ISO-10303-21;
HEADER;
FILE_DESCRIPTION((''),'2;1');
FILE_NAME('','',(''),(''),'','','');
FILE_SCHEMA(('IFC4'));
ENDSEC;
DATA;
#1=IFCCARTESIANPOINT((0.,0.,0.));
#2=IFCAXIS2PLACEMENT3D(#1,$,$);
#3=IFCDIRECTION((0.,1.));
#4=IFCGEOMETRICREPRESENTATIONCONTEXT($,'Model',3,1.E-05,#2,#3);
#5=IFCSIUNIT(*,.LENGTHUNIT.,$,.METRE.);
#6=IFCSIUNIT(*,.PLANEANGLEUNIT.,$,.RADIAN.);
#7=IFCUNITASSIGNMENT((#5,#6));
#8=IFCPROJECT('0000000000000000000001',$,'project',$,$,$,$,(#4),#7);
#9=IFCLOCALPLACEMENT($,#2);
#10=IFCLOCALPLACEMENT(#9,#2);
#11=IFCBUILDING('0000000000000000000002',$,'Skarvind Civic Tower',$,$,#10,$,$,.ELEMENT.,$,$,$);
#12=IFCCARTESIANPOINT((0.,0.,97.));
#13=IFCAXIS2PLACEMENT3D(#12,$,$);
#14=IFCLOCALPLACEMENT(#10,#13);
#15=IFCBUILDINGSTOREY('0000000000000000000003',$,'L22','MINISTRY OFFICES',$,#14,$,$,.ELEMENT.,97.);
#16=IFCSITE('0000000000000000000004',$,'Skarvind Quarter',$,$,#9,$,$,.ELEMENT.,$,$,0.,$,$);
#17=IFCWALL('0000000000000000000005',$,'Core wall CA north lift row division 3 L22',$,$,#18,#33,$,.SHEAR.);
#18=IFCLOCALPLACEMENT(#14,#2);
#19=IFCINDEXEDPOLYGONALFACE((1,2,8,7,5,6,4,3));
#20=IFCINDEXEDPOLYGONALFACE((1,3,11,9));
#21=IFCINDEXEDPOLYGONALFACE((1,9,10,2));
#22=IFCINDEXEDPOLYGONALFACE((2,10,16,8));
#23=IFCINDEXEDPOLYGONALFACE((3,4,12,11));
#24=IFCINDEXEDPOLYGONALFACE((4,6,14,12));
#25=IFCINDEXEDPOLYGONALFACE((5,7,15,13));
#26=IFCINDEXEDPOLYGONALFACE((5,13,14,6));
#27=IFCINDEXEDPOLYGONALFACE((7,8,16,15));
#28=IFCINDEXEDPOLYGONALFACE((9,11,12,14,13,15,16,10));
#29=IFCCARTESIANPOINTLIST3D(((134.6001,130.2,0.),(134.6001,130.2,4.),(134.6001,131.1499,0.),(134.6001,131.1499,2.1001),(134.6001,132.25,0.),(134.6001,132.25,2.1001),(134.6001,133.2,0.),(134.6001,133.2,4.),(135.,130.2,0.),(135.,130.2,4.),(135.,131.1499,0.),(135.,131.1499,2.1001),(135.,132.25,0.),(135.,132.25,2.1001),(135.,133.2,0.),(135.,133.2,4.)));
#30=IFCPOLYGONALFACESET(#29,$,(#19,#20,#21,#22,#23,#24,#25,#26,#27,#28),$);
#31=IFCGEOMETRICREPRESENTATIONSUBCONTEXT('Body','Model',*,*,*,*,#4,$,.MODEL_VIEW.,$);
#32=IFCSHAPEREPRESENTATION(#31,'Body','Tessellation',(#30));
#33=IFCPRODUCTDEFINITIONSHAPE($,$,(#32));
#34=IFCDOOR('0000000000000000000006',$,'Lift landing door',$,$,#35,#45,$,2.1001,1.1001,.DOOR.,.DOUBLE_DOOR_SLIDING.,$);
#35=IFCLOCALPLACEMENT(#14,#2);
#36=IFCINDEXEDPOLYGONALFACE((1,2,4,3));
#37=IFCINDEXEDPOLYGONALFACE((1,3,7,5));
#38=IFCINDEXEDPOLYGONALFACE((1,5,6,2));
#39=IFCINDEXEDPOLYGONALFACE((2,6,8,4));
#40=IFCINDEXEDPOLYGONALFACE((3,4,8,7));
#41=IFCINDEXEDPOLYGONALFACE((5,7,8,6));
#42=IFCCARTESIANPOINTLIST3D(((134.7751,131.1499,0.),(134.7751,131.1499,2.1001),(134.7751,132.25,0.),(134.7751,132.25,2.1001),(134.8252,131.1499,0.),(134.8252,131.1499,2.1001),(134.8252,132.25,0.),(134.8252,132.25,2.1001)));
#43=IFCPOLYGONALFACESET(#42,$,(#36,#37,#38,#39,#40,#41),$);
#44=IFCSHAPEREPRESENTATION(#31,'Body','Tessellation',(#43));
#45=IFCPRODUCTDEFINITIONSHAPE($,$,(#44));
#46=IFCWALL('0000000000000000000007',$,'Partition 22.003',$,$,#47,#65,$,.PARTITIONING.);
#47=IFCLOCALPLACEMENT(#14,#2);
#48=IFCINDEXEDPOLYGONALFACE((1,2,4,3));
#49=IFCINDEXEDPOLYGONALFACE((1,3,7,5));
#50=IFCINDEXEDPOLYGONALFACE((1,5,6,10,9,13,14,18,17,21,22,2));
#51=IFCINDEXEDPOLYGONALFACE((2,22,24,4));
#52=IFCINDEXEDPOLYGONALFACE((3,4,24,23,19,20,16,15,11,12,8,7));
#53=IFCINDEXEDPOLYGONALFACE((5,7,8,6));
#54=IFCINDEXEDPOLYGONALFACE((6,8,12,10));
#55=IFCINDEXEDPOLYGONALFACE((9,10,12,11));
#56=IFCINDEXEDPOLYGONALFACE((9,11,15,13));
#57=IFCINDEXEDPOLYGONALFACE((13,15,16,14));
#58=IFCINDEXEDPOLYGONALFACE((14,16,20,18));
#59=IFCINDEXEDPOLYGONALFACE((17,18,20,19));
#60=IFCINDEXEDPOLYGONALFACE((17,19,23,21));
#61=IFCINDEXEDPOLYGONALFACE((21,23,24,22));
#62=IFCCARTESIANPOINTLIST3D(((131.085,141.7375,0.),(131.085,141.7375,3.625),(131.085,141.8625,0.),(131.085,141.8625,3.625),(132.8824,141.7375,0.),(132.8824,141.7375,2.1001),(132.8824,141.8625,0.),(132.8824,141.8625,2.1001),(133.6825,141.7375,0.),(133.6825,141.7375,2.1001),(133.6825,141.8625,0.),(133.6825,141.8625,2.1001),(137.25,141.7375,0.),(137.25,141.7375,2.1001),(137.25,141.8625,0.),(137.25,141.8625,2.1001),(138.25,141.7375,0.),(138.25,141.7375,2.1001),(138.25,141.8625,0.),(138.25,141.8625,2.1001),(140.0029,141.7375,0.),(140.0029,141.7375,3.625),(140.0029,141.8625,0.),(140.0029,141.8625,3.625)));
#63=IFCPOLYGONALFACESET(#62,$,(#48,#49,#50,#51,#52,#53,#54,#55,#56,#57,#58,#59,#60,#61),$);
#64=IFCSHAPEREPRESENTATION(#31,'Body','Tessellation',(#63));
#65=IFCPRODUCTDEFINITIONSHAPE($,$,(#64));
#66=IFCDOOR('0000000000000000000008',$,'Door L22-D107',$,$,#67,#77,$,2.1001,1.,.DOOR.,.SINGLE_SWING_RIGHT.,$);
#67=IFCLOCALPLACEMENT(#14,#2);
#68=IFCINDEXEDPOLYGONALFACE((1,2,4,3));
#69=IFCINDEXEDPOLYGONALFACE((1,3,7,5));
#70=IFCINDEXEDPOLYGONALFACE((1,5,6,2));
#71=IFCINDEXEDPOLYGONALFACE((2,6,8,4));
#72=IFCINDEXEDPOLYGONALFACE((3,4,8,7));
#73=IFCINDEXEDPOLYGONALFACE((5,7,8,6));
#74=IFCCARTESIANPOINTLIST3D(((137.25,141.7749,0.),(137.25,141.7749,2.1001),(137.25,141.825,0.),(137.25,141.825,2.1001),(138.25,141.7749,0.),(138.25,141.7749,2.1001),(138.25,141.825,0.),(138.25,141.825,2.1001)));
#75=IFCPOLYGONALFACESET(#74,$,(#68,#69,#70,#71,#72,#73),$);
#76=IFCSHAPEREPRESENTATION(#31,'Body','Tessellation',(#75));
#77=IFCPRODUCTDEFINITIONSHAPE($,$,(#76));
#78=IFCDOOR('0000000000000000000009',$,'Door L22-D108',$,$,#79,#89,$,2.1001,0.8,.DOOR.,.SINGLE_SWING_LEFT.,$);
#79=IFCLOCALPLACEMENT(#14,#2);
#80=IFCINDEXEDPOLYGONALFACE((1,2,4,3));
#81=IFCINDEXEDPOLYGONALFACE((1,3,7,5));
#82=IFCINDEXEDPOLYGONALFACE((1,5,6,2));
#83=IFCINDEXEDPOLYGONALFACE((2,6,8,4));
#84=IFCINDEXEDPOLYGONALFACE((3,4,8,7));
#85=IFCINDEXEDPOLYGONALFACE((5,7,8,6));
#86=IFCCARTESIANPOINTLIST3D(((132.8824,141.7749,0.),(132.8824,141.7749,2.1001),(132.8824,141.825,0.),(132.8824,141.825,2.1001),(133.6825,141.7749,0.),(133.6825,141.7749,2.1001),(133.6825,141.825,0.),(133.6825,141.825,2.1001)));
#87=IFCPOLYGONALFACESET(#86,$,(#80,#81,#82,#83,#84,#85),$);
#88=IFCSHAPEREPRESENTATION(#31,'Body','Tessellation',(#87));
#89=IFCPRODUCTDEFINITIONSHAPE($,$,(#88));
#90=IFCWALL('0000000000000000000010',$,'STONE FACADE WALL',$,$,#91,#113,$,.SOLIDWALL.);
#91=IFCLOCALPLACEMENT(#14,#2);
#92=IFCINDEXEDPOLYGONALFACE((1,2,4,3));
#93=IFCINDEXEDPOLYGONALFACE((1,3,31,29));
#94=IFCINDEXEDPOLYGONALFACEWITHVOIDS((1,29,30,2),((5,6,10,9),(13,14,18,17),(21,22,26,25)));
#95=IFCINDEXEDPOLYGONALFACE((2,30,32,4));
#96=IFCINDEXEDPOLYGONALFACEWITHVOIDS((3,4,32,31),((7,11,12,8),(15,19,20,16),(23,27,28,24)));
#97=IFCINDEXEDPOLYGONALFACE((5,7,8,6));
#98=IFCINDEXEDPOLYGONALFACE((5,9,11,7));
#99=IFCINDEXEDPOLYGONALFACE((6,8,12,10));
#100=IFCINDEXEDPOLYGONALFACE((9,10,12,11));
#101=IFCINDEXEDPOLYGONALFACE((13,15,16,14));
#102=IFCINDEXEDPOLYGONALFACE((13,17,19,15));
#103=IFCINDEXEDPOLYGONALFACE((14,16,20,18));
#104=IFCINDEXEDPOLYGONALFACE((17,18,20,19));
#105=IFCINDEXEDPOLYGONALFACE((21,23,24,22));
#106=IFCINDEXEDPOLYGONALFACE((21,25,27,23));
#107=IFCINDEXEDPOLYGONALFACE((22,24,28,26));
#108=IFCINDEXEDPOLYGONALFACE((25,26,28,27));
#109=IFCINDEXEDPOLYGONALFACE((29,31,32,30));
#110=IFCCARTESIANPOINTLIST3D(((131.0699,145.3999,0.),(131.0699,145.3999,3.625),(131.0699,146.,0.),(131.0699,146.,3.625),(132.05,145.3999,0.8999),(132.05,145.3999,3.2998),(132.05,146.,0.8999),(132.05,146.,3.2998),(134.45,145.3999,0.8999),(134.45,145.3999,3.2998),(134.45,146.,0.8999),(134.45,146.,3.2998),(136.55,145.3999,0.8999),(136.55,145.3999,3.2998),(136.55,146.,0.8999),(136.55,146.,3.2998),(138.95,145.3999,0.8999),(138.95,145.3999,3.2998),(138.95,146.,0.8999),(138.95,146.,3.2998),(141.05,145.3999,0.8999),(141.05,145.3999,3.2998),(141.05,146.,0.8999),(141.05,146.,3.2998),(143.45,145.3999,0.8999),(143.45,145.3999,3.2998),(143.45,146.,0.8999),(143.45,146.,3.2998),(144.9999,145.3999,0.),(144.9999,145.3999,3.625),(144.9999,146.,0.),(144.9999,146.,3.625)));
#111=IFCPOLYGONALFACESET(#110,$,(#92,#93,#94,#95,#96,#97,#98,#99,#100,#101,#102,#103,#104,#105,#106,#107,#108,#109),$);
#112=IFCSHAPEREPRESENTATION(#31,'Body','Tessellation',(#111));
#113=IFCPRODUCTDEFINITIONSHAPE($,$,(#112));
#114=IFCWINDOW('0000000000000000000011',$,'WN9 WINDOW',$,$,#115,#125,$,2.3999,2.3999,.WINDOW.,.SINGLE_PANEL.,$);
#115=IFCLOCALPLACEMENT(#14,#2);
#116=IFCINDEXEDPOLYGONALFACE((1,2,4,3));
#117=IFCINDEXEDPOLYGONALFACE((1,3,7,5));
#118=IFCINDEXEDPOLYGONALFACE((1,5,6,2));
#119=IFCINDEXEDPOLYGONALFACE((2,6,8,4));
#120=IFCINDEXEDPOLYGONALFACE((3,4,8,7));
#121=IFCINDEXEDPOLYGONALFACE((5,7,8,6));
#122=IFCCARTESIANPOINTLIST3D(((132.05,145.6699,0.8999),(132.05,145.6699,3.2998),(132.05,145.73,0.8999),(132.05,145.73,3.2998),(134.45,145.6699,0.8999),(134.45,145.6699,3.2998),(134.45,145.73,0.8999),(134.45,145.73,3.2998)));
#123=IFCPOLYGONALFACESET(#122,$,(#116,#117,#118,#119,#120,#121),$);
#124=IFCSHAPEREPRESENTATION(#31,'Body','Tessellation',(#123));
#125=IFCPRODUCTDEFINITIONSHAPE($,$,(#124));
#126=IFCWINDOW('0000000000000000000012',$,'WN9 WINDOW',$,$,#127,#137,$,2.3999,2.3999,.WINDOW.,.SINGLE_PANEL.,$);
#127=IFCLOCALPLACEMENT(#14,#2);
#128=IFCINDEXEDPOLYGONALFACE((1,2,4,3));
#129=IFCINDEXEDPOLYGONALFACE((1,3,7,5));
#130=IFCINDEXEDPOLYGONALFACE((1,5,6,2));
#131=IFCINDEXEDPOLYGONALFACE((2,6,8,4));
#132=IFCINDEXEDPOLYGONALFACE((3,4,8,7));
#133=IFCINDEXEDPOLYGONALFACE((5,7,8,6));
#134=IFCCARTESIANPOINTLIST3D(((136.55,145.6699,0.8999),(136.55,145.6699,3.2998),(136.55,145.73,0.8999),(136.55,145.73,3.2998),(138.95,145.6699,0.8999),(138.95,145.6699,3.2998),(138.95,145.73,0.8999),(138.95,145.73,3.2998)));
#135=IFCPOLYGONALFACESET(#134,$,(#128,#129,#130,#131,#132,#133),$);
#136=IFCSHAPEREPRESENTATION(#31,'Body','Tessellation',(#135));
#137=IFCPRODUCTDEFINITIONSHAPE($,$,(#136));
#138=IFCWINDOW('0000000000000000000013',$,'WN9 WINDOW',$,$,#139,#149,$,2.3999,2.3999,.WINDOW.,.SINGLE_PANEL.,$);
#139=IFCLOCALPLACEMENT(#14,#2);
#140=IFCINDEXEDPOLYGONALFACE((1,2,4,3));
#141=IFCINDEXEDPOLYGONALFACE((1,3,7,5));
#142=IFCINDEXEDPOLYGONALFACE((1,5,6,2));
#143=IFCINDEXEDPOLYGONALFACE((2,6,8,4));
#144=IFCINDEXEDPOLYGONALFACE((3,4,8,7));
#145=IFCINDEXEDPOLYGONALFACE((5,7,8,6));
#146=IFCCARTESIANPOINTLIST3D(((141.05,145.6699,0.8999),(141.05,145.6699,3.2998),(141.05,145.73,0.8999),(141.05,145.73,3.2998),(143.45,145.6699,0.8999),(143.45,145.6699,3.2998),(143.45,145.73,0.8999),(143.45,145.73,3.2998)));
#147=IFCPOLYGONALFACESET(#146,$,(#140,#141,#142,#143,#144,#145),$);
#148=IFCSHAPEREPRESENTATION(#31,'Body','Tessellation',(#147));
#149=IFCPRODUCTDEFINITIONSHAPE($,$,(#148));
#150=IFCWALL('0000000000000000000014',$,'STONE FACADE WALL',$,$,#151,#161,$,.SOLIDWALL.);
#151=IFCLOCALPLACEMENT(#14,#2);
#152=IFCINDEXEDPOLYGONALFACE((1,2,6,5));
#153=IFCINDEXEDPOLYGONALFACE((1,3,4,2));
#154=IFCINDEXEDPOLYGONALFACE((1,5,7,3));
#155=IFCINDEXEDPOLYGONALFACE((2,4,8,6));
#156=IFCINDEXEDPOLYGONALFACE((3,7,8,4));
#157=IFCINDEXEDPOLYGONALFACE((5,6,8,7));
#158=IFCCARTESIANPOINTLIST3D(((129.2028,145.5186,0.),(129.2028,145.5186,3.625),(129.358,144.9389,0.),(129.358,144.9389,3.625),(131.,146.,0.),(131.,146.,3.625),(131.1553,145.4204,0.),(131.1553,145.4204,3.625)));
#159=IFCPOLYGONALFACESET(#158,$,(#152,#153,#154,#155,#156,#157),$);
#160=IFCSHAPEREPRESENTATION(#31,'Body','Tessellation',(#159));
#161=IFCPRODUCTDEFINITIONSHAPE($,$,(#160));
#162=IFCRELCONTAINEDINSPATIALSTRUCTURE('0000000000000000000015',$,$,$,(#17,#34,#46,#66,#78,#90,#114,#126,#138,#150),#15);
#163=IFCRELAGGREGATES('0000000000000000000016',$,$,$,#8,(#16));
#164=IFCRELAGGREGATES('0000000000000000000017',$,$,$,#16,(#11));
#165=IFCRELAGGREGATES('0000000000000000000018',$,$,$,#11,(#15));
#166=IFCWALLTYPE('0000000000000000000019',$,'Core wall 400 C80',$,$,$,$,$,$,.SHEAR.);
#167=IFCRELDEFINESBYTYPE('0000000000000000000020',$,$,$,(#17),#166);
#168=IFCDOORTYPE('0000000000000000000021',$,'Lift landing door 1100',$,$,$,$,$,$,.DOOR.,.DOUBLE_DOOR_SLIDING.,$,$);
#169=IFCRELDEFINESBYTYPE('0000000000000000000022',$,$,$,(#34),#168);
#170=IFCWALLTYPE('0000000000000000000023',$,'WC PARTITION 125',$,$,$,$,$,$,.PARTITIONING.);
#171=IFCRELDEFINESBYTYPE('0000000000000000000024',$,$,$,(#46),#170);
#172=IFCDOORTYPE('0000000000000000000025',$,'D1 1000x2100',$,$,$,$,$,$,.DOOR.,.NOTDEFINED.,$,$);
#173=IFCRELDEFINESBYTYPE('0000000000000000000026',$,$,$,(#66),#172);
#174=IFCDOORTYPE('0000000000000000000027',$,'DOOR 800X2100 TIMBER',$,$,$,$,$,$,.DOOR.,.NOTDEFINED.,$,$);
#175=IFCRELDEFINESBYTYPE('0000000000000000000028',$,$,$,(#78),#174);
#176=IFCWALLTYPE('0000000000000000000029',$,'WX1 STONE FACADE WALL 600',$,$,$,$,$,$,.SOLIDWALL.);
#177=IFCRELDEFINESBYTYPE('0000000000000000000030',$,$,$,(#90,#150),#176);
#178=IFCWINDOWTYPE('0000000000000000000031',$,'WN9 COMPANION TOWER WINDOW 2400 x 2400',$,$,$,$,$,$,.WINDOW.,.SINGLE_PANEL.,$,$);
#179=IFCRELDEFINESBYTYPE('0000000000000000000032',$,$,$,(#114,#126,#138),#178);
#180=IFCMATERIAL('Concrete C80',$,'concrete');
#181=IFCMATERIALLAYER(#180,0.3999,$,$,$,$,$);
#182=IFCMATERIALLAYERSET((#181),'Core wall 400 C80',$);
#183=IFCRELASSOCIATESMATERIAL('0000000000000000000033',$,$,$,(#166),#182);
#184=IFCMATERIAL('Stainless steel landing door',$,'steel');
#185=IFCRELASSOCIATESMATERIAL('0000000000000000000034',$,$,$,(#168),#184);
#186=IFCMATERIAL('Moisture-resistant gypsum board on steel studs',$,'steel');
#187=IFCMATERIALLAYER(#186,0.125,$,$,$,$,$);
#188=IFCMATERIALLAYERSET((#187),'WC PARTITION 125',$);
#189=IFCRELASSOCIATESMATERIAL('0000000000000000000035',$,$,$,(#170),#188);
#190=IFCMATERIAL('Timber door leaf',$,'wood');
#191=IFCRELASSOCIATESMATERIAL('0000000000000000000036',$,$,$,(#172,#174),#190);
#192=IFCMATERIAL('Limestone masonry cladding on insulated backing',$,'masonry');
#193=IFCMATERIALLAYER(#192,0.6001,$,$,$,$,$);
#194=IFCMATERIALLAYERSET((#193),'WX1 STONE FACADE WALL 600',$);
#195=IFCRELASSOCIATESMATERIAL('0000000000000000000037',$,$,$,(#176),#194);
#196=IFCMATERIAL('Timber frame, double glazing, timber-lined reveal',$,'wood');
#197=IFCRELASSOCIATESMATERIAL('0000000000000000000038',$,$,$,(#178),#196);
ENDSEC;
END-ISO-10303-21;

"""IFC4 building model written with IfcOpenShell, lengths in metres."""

from ifc_helpers import new_model, si_unit, direction, frame, frame_2d, origin, place, context, subcontext, project, spatial, rectangle, extrude, material, layer, layer_set, type_object, element, fill, save


model = new_model("IFC4")

# Units and contexts
model_context = context("Model", 3, precision=1e-05, world=origin(), true_north=direction((0.0, 1.0)))
body_context = subcontext(model_context, "Body", "Model", "MODEL_VIEW")
ifc_project = project(units=[si_unit("LENGTHUNIT", "METRE"), si_unit("PLANEANGLEUNIT", "RADIAN")], contexts=[model_context])

# Site, building, storey
site_placement = place(None, origin())
site = spatial("IfcSite", under=ifc_project, at=site_placement, Name="Skarvind Quarter", CompositionType="ELEMENT", RefElevation=0.0)
building_placement = place(site_placement, origin())
building = spatial("IfcBuilding", under=site, at=building_placement, Name="Skarvind Civic Tower", CompositionType="ELEMENT")
storey_placement = place(building_placement, frame((0.0, 0.0, 97.0)))
storey = spatial("IfcBuildingStorey", under=building, at=storey_placement, Name="L22", Description="MINISTRY OFFICES", CompositionType="ELEMENT", Elevation=97.0)

# Shared definitions
ifc_material_1 = material(Name="Timber door leaf", Category="wood")

# Shared definitions
ifc_material_2 = material(Name="Concrete C80", Category="concrete")
ifc_layer_1 = layer(ifc_material_2, 0.3999)
ifc_layer_set_1 = layer_set([ifc_layer_1], Name="Core wall 400 C80")
wall_type_1 = type_object("IfcWallType", Name="Core wall 400 C80", PredefinedType="SHEAR", material=ifc_layer_set_1)

# Wall, opening, door
wall_1_placement = place(storey_placement, frame((134.8, 130.2, 0.0), z_axis=(0.0, 0.0, 1.0), x_axis=(0.0, 1.0, 0.0)))
wall_1 = element("IfcWall", 1, at=wall_1_placement, inside=storey, type_object=wall_type_1, Name="Core wall CA north lift row division 3 L22", PredefinedType="SHEAR", context=body_context, shape_type="SweptSolid", body=[
    extrude(rectangle(XDim=3.0, YDim=0.3999, at=frame_2d((1.5, 0.0))), origin(), (0.0, 0.0, 1.0), 4.0),
])
opening_1_placement = place(wall_1_placement, frame((0.95, 0.0, 0.0)))
opening_1 = element("IfcOpeningElement", 2, at=opening_1_placement, cuts=wall_1, PredefinedType="OPENING", context=body_context, shape_type="SweptSolid", body=[
    extrude(rectangle(XDim=1.1001, YDim=2.1001, at=frame_2d((0.55, 1.05))), frame((0.0, 0.21, 0.0), z_axis=(0.0, -1.0, 0.0), x_axis=(1.0, 0.0, 0.0)), (0.0, 0.0, 1.0), 0.4199),
])
ifc_material_3 = material(Name="Stainless steel landing door", Category="steel")
door_type_1 = type_object("IfcDoorType", Name="Lift landing door 1100", OperationType="DOUBLE_DOOR_SLIDING", PredefinedType="DOOR", material=ifc_material_3)
door_1_placement = place(opening_1_placement, origin())
door_1 = element("IfcDoor", 3, at=door_1_placement, inside=storey, type_object=door_type_1, Name="Lift landing door", OperationType="DOUBLE_DOOR_SLIDING", OverallHeight=2.1001, OverallWidth=1.1001, PredefinedType="DOOR", context=body_context, shape_type="SweptSolid", body=[
    extrude(rectangle(XDim=1.1001, YDim=2.1001, at=frame_2d((0.55, 1.05))), frame((0.0, 0.0249, 0.0), z_axis=(0.0, -1.0, 0.0), x_axis=(1.0, 0.0, 0.0)), (0.0, 0.0, 1.0), 0.05),
])
fill(opening_1, door_1)

# Wall, openings, doors
ifc_material_4 = material(Name="Moisture-resistant gypsum board on steel studs", Category="steel")
ifc_layer_2 = layer(ifc_material_4, 0.125)
ifc_layer_set_2 = layer_set([ifc_layer_2], Name="WC PARTITION 125")
wall_type_2 = type_object("IfcWallType", Name="WC PARTITION 125", PredefinedType="PARTITIONING", material=ifc_layer_set_2)
wall_2_placement = place(storey_placement, frame((131.085, 141.8, 0.0), z_axis=(0.0, 0.0, 1.0), x_axis=(1.0, 0.0, 0.0)))
wall_2 = element("IfcWall", 4, at=wall_2_placement, inside=storey, type_object=wall_type_2, Name="Partition 22.003", PredefinedType="PARTITIONING", context=body_context, shape_type="SweptSolid", body=[
    extrude(rectangle(XDim=8.918, YDim=0.125, at=frame_2d((4.459, 0.0))), origin(), (0.0, 0.0, 1.0), 3.625),
])
opening_2_placement = place(wall_2_placement, frame((6.165, 0.0, 0.0)))
opening_2 = element("IfcOpeningElement", 5, at=opening_2_placement, cuts=wall_2, PredefinedType="OPENING", context=body_context, shape_type="SweptSolid", body=[
    extrude(rectangle(XDim=1.0, YDim=2.1001, at=frame_2d((0.5, 1.05))), frame((0.0, 0.0725, 0.0), z_axis=(0.0, -1.0, 0.0), x_axis=(1.0, 0.0, 0.0)), (0.0, 0.0, 1.0), 0.145),
])
opening_3_placement = place(wall_2_placement, frame((1.7976, 0.0, 0.0)))
opening_3 = element("IfcOpeningElement", 6, at=opening_3_placement, cuts=wall_2, PredefinedType="OPENING", context=body_context, shape_type="SweptSolid", body=[
    extrude(rectangle(XDim=0.8, YDim=2.1001, at=frame_2d((0.3999, 1.05))), frame((0.0, 0.0725, 0.0), z_axis=(0.0, -1.0, 0.0), x_axis=(1.0, 0.0, 0.0)), (0.0, 0.0, 1.0), 0.145),
])
door_type_2 = type_object("IfcDoorType", Name="D1 1000x2100", OperationType="NOTDEFINED", PredefinedType="DOOR", material=ifc_material_1)
door_2_placement = place(opening_2_placement, origin())
door_2 = element("IfcDoor", 7, at=door_2_placement, inside=storey, type_object=door_type_2, Name="Door L22-D107", OperationType="SINGLE_SWING_RIGHT", OverallHeight=2.1001, OverallWidth=1.0, PredefinedType="DOOR", context=body_context, shape_type="SweptSolid", body=[
    extrude(rectangle(XDim=1.0, YDim=2.1001, at=frame_2d((0.5, 1.05))), frame((0.0, 0.0249, 0.0), z_axis=(0.0, -1.0, 0.0), x_axis=(1.0, 0.0, 0.0)), (0.0, 0.0, 1.0), 0.05),
])
fill(opening_2, door_2)
door_type_3 = type_object("IfcDoorType", Name="DOOR 800X2100 TIMBER", OperationType="NOTDEFINED", PredefinedType="DOOR", material=ifc_material_1)
door_3_placement = place(opening_3_placement, origin())
door_3 = element("IfcDoor", 8, at=door_3_placement, inside=storey, type_object=door_type_3, Name="Door L22-D108", OperationType="SINGLE_SWING_LEFT", OverallHeight=2.1001, OverallWidth=0.8, PredefinedType="DOOR", context=body_context, shape_type="SweptSolid", body=[
    extrude(rectangle(XDim=0.8, YDim=2.1001, at=frame_2d((0.3999, 1.05))), frame((0.0, 0.0249, 0.0), z_axis=(0.0, -1.0, 0.0), x_axis=(1.0, 0.0, 0.0)), (0.0, 0.0, 1.0), 0.05),
])
fill(opening_3, door_3)

# Wall, openings, windows
ifc_material_5 = material(Name="Limestone masonry cladding on insulated backing", Category="masonry")
ifc_layer_3 = layer(ifc_material_5, 0.6001)
ifc_layer_set_3 = layer_set([ifc_layer_3], Name="WX1 STONE FACADE WALL 600")
wall_type_3 = type_object("IfcWallType", Name="WX1 STONE FACADE WALL 600", PredefinedType="SOLIDWALL", material=ifc_layer_set_3)
wall_3_placement = place(storey_placement, frame((131.0701, 145.7, 0.0), z_axis=(0.0, 0.0, 1.0), x_axis=(1.0, 0.0, 0.0)))
wall_3 = element("IfcWall", 9, at=wall_3_placement, inside=storey, type_object=wall_type_3, Name="STONE FACADE WALL", PredefinedType="SOLIDWALL", context=body_context, shape_type="SweptSolid", body=[
    extrude(rectangle(XDim=13.9299, YDim=0.6001, at=frame_2d((6.9648, 0.0))), origin(), (0.0, 0.0, 1.0), 3.625),
])
opening_4_placement = place(wall_3_placement, frame((0.98, 0.0, 0.8999)))
opening_4 = element("IfcOpeningElement", 10, at=opening_4_placement, cuts=wall_3, PredefinedType="OPENING", context=body_context, shape_type="SweptSolid", body=[
    extrude(rectangle(XDim=2.3999, YDim=2.3999, at=frame_2d((1.2, 1.2))), frame((0.0, 0.3101, 0.0), z_axis=(0.0, -1.0, 0.0), x_axis=(1.0, 0.0, 0.0)), (0.0, 0.0, 1.0), 0.6201),
])
opening_5_placement = place(wall_3_placement, frame((5.48, 0.0, 0.8999)))
opening_5 = element("IfcOpeningElement", 11, at=opening_5_placement, cuts=wall_3, PredefinedType="OPENING", context=body_context, shape_type="SweptSolid", body=[
    extrude(rectangle(XDim=2.3999, YDim=2.3999, at=frame_2d((1.2, 1.2))), frame((0.0, 0.3101, 0.0), z_axis=(0.0, -1.0, 0.0), x_axis=(1.0, 0.0, 0.0)), (0.0, 0.0, 1.0), 0.6201),
])
opening_6_placement = place(wall_3_placement, frame((9.98, 0.0, 0.8999)))
opening_6 = element("IfcOpeningElement", 12, at=opening_6_placement, cuts=wall_3, PredefinedType="OPENING", context=body_context, shape_type="SweptSolid", body=[
    extrude(rectangle(XDim=2.3999, YDim=2.3999, at=frame_2d((1.2, 1.2))), frame((0.0, 0.3101, 0.0), z_axis=(0.0, -1.0, 0.0), x_axis=(1.0, 0.0, 0.0)), (0.0, 0.0, 1.0), 0.6201),
])
ifc_material_6 = material(Name="Timber frame, double glazing, timber-lined reveal", Category="wood")
window_type = type_object("IfcWindowType", Name="WN9 COMPANION TOWER WINDOW 2400 x 2400", PartitioningType="SINGLE_PANEL", PredefinedType="WINDOW", material=ifc_material_6)
window_1_placement = place(opening_4_placement, origin())
window_1 = element("IfcWindow", 13, at=window_1_placement, inside=storey, type_object=window_type, Name="WN9 WINDOW", OverallHeight=2.3999, OverallWidth=2.3999, PartitioningType="SINGLE_PANEL", PredefinedType="WINDOW", context=body_context, shape_type="SweptSolid", body=[
    extrude(rectangle(XDim=2.3999, YDim=2.3999, at=frame_2d((1.2, 1.2))), frame((0.0, 0.03, 0.0), z_axis=(0.0, -1.0, 0.0), x_axis=(1.0, 0.0, 0.0)), (0.0, 0.0, 1.0), 0.0601),
])
fill(opening_4, window_1)
window_2_placement = place(opening_5_placement, origin())
window_2 = element("IfcWindow", 14, at=window_2_placement, inside=storey, type_object=window_type, Name="WN9 WINDOW", OverallHeight=2.3999, OverallWidth=2.3999, PartitioningType="SINGLE_PANEL", PredefinedType="WINDOW", context=body_context, shape_type="SweptSolid", body=[
    extrude(rectangle(XDim=2.3999, YDim=2.3999, at=frame_2d((1.2, 1.2))), frame((0.0, 0.03, 0.0), z_axis=(0.0, -1.0, 0.0), x_axis=(1.0, 0.0, 0.0)), (0.0, 0.0, 1.0), 0.0601),
])
fill(opening_5, window_2)
window_3_placement = place(opening_6_placement, origin())
window_3 = element("IfcWindow", 15, at=window_3_placement, inside=storey, type_object=window_type, Name="WN9 WINDOW", OverallHeight=2.3999, OverallWidth=2.3999, PartitioningType="SINGLE_PANEL", PredefinedType="WINDOW", context=body_context, shape_type="SweptSolid", body=[
    extrude(rectangle(XDim=2.3999, YDim=2.3999, at=frame_2d((1.2, 1.2))), frame((0.0, 0.03, 0.0), z_axis=(0.0, -1.0, 0.0), x_axis=(1.0, 0.0, 0.0)), (0.0, 0.0, 1.0), 0.0601),
])
fill(opening_6, window_3)

# Wall
for number, where, z_axis, x_axis, name in (
    (16, (129.2805, 145.2288, 0.0), (0.0, 0.0, 1.0), (0.965938, 0.258773, 0.0), "STONE FACADE WALL"),
):
    element("IfcWall", number, at=place(storey_placement, frame(where, z_axis=z_axis, x_axis=x_axis)), inside=storey, type_object=wall_type_3, Name=name, PredefinedType="SOLIDWALL", context=body_context, shape_type="SweptSolid", body=[
        extrude(rectangle(XDim=1.8606, YDim=0.6001, at=frame_2d((0.9302, 0.0))), origin(), (0.0, 0.0, 1.0), 3.625),
    ])

save(model, "model.ifc")
